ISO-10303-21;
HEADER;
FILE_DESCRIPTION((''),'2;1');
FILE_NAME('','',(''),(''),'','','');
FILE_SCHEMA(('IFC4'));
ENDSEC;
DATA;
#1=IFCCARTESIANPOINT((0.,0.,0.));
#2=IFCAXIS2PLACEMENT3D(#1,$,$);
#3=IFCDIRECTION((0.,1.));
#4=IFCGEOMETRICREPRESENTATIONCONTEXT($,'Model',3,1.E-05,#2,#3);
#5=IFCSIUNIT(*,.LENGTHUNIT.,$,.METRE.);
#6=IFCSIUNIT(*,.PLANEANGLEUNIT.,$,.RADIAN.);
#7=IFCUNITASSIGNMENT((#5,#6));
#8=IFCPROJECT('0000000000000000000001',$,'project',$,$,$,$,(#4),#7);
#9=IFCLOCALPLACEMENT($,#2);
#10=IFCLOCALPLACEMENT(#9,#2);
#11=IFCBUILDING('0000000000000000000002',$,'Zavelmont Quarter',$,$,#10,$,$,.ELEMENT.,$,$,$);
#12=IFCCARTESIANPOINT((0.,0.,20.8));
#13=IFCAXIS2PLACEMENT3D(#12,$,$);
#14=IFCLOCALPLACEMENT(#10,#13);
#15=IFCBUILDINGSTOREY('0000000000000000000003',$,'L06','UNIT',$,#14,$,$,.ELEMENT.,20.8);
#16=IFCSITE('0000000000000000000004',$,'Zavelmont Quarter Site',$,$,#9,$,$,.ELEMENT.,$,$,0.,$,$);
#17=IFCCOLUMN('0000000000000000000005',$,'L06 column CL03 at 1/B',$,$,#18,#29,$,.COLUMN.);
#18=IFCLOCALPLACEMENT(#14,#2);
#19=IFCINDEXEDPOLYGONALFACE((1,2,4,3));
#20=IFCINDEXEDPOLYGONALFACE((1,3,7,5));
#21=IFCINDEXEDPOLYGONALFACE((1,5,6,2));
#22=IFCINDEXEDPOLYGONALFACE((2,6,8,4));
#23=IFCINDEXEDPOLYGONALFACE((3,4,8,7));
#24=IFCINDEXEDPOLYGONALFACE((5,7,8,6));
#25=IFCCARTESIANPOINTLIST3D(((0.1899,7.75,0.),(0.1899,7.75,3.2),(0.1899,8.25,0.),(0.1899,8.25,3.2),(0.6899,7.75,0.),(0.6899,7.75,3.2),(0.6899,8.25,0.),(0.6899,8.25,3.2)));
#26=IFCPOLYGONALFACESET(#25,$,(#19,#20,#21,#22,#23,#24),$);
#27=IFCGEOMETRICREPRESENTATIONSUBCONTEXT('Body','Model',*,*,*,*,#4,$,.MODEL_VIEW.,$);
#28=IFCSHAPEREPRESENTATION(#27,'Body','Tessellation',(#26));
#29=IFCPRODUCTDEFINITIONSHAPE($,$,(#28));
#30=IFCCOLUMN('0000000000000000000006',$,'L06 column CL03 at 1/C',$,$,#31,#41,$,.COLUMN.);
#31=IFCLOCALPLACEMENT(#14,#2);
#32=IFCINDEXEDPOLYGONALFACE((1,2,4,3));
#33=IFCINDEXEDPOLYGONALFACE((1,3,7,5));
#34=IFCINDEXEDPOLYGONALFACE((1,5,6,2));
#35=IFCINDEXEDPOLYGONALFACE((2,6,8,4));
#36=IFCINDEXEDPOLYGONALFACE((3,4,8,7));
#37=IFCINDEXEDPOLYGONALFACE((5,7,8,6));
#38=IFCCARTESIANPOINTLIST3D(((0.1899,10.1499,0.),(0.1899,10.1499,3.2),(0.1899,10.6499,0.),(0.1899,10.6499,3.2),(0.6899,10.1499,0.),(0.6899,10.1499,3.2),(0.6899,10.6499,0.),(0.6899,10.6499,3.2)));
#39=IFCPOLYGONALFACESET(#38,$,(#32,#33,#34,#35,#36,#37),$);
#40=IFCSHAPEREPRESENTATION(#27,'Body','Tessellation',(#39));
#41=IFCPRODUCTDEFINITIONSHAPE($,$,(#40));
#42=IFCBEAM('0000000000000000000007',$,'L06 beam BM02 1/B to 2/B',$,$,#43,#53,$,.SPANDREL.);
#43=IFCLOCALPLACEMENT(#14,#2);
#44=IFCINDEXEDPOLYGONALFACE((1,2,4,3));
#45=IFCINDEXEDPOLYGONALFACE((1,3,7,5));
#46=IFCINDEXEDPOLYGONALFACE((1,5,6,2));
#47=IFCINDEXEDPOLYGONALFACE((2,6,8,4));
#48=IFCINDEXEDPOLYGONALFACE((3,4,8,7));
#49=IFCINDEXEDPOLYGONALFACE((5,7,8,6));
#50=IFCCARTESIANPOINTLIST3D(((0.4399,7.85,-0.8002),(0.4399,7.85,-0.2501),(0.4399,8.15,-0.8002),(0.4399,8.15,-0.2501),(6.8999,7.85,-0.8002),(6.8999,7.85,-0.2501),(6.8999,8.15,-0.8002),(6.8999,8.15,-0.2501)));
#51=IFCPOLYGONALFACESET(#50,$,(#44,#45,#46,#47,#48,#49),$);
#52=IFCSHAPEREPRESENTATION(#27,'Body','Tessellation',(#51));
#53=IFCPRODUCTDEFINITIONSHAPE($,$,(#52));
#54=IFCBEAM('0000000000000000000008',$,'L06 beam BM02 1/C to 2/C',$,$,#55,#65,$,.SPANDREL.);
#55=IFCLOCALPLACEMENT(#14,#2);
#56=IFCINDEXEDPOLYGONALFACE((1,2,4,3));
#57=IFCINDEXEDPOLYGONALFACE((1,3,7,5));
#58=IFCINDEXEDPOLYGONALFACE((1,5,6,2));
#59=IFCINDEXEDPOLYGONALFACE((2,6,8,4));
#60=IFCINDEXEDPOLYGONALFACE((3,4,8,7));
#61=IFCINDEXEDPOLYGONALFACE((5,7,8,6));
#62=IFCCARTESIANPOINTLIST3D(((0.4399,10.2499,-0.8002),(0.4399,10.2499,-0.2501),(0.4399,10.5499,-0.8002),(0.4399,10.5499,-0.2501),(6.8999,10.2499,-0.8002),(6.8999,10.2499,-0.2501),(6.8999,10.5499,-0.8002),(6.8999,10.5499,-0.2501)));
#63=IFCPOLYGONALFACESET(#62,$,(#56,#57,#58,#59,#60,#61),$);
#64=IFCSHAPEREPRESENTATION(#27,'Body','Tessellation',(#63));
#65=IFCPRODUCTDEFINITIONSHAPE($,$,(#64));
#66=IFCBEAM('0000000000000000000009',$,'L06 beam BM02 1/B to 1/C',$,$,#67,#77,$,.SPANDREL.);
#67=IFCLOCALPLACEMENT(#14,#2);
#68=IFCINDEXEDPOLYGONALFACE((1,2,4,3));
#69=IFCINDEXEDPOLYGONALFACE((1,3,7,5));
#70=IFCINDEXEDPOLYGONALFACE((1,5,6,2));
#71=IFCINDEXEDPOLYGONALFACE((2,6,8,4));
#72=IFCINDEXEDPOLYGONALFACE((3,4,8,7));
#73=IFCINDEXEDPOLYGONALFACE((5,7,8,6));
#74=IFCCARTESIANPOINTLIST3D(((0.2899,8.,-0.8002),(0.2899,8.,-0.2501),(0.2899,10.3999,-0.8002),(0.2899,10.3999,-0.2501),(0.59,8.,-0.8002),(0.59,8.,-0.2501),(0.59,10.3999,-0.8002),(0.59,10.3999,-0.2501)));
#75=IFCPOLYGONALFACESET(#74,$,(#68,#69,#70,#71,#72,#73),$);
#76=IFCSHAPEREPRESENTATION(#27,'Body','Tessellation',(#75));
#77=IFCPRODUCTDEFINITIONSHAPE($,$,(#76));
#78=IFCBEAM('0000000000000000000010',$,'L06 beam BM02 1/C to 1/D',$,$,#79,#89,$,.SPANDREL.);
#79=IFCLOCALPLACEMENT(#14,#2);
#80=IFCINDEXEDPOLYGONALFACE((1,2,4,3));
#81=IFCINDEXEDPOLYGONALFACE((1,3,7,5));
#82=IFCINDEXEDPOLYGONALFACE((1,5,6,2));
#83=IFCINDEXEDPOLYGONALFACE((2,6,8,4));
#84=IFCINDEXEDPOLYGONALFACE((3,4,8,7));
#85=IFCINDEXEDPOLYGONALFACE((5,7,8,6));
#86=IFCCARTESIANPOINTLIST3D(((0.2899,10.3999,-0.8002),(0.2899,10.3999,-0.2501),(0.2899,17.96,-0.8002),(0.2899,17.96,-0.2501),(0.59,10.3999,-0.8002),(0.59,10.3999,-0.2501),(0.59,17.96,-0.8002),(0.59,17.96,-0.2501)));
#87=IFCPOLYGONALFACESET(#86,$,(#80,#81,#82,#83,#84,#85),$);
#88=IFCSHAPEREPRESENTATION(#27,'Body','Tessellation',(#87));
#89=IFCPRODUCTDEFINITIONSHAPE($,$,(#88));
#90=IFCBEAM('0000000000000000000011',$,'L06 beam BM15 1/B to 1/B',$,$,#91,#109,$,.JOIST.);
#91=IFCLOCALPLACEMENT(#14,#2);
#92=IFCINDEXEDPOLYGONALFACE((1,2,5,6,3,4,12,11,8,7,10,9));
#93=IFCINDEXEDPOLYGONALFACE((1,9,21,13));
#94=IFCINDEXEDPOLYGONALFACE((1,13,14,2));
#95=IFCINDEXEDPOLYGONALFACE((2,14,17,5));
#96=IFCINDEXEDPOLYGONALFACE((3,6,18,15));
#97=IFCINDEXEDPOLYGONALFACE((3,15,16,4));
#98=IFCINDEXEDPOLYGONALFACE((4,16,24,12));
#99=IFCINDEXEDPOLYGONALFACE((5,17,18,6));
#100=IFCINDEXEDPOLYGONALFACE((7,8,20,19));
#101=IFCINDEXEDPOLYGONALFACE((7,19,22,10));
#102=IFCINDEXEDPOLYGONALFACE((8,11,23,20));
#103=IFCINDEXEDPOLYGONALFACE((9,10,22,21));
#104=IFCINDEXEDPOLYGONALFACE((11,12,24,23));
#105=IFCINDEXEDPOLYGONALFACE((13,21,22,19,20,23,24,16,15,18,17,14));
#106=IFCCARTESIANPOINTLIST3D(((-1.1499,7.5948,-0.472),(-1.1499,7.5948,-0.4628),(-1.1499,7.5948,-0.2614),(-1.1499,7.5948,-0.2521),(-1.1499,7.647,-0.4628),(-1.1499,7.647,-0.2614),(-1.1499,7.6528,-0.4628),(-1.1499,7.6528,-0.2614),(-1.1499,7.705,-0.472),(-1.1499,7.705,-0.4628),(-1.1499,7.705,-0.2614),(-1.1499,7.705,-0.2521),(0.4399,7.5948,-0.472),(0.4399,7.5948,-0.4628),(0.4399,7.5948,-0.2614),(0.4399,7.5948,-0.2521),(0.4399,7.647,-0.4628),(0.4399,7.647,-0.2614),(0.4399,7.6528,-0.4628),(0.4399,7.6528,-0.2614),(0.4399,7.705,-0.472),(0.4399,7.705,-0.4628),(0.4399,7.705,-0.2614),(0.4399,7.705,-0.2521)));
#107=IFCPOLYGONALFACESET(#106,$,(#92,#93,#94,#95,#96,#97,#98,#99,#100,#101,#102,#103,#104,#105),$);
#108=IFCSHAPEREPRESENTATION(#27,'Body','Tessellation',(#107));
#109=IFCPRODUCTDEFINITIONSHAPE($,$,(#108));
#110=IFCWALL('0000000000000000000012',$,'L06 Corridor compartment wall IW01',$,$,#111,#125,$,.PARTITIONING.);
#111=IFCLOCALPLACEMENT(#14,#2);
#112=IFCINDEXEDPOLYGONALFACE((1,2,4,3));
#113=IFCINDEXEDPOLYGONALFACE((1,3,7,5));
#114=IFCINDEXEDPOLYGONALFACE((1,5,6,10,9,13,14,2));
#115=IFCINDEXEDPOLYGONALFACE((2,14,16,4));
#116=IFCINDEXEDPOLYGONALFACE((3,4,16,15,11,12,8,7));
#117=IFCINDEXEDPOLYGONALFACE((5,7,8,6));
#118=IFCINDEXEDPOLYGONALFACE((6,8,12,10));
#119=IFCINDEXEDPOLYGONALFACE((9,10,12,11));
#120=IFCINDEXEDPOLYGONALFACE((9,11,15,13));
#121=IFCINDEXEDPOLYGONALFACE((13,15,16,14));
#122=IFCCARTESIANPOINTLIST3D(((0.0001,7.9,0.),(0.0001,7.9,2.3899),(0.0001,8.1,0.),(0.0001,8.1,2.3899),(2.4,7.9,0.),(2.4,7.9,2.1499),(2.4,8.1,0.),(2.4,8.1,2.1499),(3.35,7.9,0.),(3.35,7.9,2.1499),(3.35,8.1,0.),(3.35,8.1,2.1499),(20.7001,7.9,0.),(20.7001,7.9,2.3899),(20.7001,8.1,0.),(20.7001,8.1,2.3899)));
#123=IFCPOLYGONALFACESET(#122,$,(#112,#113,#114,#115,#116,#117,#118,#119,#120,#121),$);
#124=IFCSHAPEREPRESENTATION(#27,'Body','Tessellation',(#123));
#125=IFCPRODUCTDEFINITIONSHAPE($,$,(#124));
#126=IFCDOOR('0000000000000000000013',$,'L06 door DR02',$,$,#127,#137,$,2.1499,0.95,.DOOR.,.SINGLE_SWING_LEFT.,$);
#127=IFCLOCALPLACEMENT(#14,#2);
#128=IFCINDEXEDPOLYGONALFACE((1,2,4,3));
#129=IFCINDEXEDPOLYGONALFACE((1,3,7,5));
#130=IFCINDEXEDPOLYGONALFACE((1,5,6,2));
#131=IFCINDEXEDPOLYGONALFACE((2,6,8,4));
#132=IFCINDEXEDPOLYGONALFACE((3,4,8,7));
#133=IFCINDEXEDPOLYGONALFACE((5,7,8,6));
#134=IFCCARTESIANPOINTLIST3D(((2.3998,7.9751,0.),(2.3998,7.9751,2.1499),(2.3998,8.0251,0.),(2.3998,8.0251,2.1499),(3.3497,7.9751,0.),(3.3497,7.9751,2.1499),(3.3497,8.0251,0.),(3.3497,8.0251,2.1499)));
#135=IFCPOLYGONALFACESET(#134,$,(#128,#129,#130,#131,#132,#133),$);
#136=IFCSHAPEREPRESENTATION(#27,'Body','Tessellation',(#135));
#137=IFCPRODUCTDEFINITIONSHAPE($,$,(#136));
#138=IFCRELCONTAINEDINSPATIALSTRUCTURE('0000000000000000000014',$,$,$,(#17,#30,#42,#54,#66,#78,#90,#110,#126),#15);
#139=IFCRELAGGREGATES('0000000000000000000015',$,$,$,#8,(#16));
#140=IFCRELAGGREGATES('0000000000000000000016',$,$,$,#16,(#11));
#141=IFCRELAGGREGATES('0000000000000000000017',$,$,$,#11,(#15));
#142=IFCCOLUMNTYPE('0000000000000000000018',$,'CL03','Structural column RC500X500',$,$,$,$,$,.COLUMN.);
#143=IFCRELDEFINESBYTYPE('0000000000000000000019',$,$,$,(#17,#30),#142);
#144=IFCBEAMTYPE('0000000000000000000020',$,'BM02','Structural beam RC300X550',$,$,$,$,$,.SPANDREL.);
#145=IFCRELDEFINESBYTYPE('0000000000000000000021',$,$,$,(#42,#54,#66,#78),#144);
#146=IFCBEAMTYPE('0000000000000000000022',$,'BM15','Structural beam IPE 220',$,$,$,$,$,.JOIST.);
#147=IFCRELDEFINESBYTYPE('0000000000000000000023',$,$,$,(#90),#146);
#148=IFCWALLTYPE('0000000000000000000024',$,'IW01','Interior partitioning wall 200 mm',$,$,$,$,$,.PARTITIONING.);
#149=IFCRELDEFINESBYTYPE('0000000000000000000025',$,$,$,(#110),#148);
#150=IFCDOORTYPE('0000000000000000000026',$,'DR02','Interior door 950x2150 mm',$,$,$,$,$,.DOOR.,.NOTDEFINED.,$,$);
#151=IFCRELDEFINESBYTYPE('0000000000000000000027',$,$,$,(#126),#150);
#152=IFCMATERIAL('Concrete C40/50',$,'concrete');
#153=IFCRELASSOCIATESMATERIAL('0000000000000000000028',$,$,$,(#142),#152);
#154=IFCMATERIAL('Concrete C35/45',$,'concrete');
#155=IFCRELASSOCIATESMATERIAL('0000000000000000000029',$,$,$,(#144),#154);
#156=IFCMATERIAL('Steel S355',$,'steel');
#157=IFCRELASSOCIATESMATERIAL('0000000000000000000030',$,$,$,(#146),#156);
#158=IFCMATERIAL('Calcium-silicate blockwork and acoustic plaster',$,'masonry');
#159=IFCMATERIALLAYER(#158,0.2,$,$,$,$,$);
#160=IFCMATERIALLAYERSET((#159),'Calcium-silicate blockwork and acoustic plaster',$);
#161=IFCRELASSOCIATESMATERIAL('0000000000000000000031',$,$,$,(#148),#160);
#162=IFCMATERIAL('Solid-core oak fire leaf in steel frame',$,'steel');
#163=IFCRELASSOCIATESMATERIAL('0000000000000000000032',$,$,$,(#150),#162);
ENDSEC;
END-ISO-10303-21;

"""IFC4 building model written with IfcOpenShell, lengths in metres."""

from ifc_helpers import new_model, si_unit, direction, frame, frame_2d, origin, origin_2d, place, context, subcontext, project, spatial, rectangle, i_section, extrude, material, layer, layer_set, material_profile, profile_set, type_object, element, fill, save


model = new_model("IFC4")

# Units and contexts
model_context = context("Model", 3, precision=1e-05, world=origin(), true_north=direction((0.0, 1.0)))
body_context = subcontext(model_context, "Body", "Model", "MODEL_VIEW")
ifc_project = project(units=[si_unit("LENGTHUNIT", "METRE"), si_unit("PLANEANGLEUNIT", "RADIAN")], contexts=[model_context])

# Site, building, storey
site_placement = place(None, origin())
site = spatial("IfcSite", under=ifc_project, at=site_placement, Name="Zavelmont Quarter Site", CompositionType="ELEMENT", RefElevation=0.0)
building_placement = place(site_placement, origin())
building = spatial("IfcBuilding", under=site, at=building_placement, Name="Zavelmont Quarter", CompositionType="ELEMENT")
storey_placement = place(building_placement, frame((0.0, 0.0, 20.8)))
storey = spatial("IfcBuildingStorey", under=building, at=storey_placement, Name="L06", Description="UNIT", CompositionType="ELEMENT", Elevation=20.8)

# Columns
ifc_material_1 = material(Name="Concrete C40/50", Category="concrete")
ifc_material_profile_1 = material_profile(ifc_material_1, rectangle(XDim=0.5, YDim=0.5, at=origin_2d()), Name="RC500X500")
ifc_profile_set_1 = profile_set([ifc_material_profile_1], Name="Concrete C40/50")
column_type = type_object("IfcColumnType", Name="CL03", Description="Structural column RC500X500", PredefinedType="COLUMN", material=ifc_profile_set_1)
for number, where, z_axis, x_axis, name in (
    (1, (0.4399, 8.0, 0.0), (0.0, 0.0, 1.0), (1.0, 0.0, 0.0), "L06 column CL03 at 1/B"),
    (2, (0.4399, 10.3999, 0.0), (0.0, 0.0, 1.0), (1.0, 0.0, 0.0), "L06 column CL03 at 1/C"),
):
    element("IfcColumn", number, at=place(storey_placement, frame(where, z_axis=z_axis, x_axis=x_axis)), inside=storey, type_object=column_type, Name=name, PredefinedType="COLUMN", context=body_context, shape_type="SweptSolid", body=[
        extrude(rectangle(XDim=0.5, YDim=0.5, at=origin_2d()), origin(), (0.0, 0.0, 1.0), 3.2),
    ])

# Beams
ifc_material_2 = material(Name="Concrete C35/45", Category="concrete")
ifc_material_profile_2 = material_profile(ifc_material_2, rectangle(XDim=0.3, YDim=0.55, at=origin_2d()), Name="RC300X550")
ifc_profile_set_2 = profile_set([ifc_material_profile_2], Name="Concrete C35/45")
beam_type_1 = type_object("IfcBeamType", Name="BM02", Description="Structural beam RC300X550", PredefinedType="SPANDREL", material=ifc_profile_set_2)
for number, where, z_axis, x_axis, name in (
    (3, (0.4399, 8.0, -0.5251), (1.0, 0.0, 0.0), (0.0, 1.0, 0.0), "L06 beam BM02 1/B to 2/B"),
    (4, (0.4399, 10.3999, -0.5251), (1.0, 0.0, 0.0), (0.0, 1.0, 0.0), "L06 beam BM02 1/C to 2/C"),
):
    element("IfcBeam", number, at=place(storey_placement, frame(where, z_axis=z_axis, x_axis=x_axis)), inside=storey, type_object=beam_type_1, Name=name, PredefinedType="SPANDREL", context=body_context, shape_type="SweptSolid", body=[
        extrude(rectangle(XDim=0.3, YDim=0.55, at=origin_2d()), origin(), (0.0, 0.0, 1.0), 6.46),
    ])
beam_1_placement = place(storey_placement, frame((0.4399, 8.0, -0.5251), z_axis=(0.0, 1.0, 0.0), x_axis=(-1.0, 0.0, 0.0)))
element("IfcBeam", 5, at=beam_1_placement, inside=storey, type_object=beam_type_1, Name="L06 beam BM02 1/B to 1/C", PredefinedType="SPANDREL", context=body_context, shape_type="SweptSolid", body=[
    extrude(rectangle(XDim=0.3, YDim=0.55, at=origin_2d()), origin(), (0.0, 0.0, 1.0), 2.3999),
])
beam_2_placement = place(storey_placement, frame((0.4399, 10.3999, -0.5251), z_axis=(0.0, 1.0, 0.0), x_axis=(-1.0, 0.0, 0.0)))
element("IfcBeam", 6, at=beam_2_placement, inside=storey, type_object=beam_type_1, Name="L06 beam BM02 1/C to 1/D", PredefinedType="SPANDREL", context=body_context, shape_type="SweptSolid", body=[
    extrude(rectangle(XDim=0.3, YDim=0.55, at=origin_2d()), origin(), (0.0, 0.0, 1.0), 7.5601),
])
ifc_material_3 = material(Name="Steel S355", Category="steel")
ifc_material_profile_3 = material_profile(ifc_material_3, i_section(OverallWidth=0.1101, OverallDepth=0.22, WebThickness=0.0059, FlangeThickness=0.0093, at=origin_2d()), Name="IPE 220")
ifc_profile_set_3 = profile_set([ifc_material_profile_3], Name="Steel S355")
beam_type_2 = type_object("IfcBeamType", Name="BM15", Description="Structural beam IPE 220", PredefinedType="JOIST", material=ifc_profile_set_3)
beam_3_placement = place(storey_placement, frame((0.4399, 7.6499, -0.3621), z_axis=(-1.0, 0.0, 0.0), x_axis=(0.0, -1.0, 0.0)))
element("IfcBeam", 7, at=beam_3_placement, inside=storey, type_object=beam_type_2, Name="L06 beam BM15 1/B to 1/B", PredefinedType="JOIST", context=body_context, shape_type="SweptSolid", body=[
    extrude(i_section(OverallWidth=0.1101, OverallDepth=0.22, WebThickness=0.0059, FlangeThickness=0.0093, at=origin_2d()), origin(), (0.0, 0.0, 1.0), 1.5898),
])

# Wall, opening, door
ifc_material_4 = material(Name="Calcium-silicate blockwork and acoustic plaster", Category="masonry")
ifc_layer = layer(ifc_material_4, 0.2)
ifc_layer_set = layer_set([ifc_layer], Name="Calcium-silicate blockwork and acoustic plaster")
wall_type = type_object("IfcWallType", Name="IW01", Description="Interior partitioning wall 200 mm", PredefinedType="PARTITIONING", material=ifc_layer_set)
wall_1_placement = place(storey_placement, frame((0.0, 8.0, 0.0), z_axis=(0.0, 0.0, 1.0), x_axis=(1.0, 0.0, 0.0)))
wall_1 = element("IfcWall", 8, at=wall_1_placement, inside=storey, type_object=wall_type, Name="L06 Corridor compartment wall IW01", PredefinedType="PARTITIONING", context=body_context, shape_type="SweptSolid", body=[
    extrude(rectangle(XDim=20.7, YDim=0.2, at=frame_2d((10.3501, 0.0))), origin(), (0.0, 0.0, 1.0), 2.3899),
])
opening_1_placement = place(wall_1_placement, frame((2.3999, 0.0, 0.0)))
opening_1 = element("IfcOpeningElement", 9, at=opening_1_placement, cuts=wall_1, PredefinedType="OPENING", context=body_context, shape_type="SweptSolid", body=[
    extrude(rectangle(XDim=0.95, YDim=2.1499, at=frame_2d((0.4751, 1.075))), frame((0.0, 0.1118, 0.0), z_axis=(0.0, -1.0, 0.0), x_axis=(1.0, 0.0, 0.0)), (0.0, 0.0, 1.0), 0.2239),
])
ifc_material_5 = material(Name="Solid-core oak fire leaf in steel frame", Category="steel")
door_type = type_object("IfcDoorType", Name="DR02", Description="Interior door 950x2150 mm", OperationType="NOTDEFINED", PredefinedType="DOOR", material=ifc_material_5)
door_1_placement = place(opening_1_placement, frame((0.95, 0.0, 0.0), z_axis=(0.0, 0.0, 1.0), x_axis=(-1.0, 0.0, 0.0)))
door_1 = element("IfcDoor", 10, at=door_1_placement, inside=storey, type_object=door_type, Name="L06 door DR02", OperationType="SINGLE_SWING_LEFT", OverallHeight=2.1499, OverallWidth=0.95, PredefinedType="DOOR", context=body_context, shape_type="SweptSolid", body=[
    extrude(rectangle(XDim=0.95, YDim=2.1499, at=frame_2d((0.4751, 1.075))), frame((0.0, 0.0249, 0.0), z_axis=(0.0, -1.0, 0.0), x_axis=(1.0, 0.0, 0.0)), (0.0, 0.0, 1.0), 0.05),
])
fill(opening_1, door_1)

save(model, "model.ifc")
